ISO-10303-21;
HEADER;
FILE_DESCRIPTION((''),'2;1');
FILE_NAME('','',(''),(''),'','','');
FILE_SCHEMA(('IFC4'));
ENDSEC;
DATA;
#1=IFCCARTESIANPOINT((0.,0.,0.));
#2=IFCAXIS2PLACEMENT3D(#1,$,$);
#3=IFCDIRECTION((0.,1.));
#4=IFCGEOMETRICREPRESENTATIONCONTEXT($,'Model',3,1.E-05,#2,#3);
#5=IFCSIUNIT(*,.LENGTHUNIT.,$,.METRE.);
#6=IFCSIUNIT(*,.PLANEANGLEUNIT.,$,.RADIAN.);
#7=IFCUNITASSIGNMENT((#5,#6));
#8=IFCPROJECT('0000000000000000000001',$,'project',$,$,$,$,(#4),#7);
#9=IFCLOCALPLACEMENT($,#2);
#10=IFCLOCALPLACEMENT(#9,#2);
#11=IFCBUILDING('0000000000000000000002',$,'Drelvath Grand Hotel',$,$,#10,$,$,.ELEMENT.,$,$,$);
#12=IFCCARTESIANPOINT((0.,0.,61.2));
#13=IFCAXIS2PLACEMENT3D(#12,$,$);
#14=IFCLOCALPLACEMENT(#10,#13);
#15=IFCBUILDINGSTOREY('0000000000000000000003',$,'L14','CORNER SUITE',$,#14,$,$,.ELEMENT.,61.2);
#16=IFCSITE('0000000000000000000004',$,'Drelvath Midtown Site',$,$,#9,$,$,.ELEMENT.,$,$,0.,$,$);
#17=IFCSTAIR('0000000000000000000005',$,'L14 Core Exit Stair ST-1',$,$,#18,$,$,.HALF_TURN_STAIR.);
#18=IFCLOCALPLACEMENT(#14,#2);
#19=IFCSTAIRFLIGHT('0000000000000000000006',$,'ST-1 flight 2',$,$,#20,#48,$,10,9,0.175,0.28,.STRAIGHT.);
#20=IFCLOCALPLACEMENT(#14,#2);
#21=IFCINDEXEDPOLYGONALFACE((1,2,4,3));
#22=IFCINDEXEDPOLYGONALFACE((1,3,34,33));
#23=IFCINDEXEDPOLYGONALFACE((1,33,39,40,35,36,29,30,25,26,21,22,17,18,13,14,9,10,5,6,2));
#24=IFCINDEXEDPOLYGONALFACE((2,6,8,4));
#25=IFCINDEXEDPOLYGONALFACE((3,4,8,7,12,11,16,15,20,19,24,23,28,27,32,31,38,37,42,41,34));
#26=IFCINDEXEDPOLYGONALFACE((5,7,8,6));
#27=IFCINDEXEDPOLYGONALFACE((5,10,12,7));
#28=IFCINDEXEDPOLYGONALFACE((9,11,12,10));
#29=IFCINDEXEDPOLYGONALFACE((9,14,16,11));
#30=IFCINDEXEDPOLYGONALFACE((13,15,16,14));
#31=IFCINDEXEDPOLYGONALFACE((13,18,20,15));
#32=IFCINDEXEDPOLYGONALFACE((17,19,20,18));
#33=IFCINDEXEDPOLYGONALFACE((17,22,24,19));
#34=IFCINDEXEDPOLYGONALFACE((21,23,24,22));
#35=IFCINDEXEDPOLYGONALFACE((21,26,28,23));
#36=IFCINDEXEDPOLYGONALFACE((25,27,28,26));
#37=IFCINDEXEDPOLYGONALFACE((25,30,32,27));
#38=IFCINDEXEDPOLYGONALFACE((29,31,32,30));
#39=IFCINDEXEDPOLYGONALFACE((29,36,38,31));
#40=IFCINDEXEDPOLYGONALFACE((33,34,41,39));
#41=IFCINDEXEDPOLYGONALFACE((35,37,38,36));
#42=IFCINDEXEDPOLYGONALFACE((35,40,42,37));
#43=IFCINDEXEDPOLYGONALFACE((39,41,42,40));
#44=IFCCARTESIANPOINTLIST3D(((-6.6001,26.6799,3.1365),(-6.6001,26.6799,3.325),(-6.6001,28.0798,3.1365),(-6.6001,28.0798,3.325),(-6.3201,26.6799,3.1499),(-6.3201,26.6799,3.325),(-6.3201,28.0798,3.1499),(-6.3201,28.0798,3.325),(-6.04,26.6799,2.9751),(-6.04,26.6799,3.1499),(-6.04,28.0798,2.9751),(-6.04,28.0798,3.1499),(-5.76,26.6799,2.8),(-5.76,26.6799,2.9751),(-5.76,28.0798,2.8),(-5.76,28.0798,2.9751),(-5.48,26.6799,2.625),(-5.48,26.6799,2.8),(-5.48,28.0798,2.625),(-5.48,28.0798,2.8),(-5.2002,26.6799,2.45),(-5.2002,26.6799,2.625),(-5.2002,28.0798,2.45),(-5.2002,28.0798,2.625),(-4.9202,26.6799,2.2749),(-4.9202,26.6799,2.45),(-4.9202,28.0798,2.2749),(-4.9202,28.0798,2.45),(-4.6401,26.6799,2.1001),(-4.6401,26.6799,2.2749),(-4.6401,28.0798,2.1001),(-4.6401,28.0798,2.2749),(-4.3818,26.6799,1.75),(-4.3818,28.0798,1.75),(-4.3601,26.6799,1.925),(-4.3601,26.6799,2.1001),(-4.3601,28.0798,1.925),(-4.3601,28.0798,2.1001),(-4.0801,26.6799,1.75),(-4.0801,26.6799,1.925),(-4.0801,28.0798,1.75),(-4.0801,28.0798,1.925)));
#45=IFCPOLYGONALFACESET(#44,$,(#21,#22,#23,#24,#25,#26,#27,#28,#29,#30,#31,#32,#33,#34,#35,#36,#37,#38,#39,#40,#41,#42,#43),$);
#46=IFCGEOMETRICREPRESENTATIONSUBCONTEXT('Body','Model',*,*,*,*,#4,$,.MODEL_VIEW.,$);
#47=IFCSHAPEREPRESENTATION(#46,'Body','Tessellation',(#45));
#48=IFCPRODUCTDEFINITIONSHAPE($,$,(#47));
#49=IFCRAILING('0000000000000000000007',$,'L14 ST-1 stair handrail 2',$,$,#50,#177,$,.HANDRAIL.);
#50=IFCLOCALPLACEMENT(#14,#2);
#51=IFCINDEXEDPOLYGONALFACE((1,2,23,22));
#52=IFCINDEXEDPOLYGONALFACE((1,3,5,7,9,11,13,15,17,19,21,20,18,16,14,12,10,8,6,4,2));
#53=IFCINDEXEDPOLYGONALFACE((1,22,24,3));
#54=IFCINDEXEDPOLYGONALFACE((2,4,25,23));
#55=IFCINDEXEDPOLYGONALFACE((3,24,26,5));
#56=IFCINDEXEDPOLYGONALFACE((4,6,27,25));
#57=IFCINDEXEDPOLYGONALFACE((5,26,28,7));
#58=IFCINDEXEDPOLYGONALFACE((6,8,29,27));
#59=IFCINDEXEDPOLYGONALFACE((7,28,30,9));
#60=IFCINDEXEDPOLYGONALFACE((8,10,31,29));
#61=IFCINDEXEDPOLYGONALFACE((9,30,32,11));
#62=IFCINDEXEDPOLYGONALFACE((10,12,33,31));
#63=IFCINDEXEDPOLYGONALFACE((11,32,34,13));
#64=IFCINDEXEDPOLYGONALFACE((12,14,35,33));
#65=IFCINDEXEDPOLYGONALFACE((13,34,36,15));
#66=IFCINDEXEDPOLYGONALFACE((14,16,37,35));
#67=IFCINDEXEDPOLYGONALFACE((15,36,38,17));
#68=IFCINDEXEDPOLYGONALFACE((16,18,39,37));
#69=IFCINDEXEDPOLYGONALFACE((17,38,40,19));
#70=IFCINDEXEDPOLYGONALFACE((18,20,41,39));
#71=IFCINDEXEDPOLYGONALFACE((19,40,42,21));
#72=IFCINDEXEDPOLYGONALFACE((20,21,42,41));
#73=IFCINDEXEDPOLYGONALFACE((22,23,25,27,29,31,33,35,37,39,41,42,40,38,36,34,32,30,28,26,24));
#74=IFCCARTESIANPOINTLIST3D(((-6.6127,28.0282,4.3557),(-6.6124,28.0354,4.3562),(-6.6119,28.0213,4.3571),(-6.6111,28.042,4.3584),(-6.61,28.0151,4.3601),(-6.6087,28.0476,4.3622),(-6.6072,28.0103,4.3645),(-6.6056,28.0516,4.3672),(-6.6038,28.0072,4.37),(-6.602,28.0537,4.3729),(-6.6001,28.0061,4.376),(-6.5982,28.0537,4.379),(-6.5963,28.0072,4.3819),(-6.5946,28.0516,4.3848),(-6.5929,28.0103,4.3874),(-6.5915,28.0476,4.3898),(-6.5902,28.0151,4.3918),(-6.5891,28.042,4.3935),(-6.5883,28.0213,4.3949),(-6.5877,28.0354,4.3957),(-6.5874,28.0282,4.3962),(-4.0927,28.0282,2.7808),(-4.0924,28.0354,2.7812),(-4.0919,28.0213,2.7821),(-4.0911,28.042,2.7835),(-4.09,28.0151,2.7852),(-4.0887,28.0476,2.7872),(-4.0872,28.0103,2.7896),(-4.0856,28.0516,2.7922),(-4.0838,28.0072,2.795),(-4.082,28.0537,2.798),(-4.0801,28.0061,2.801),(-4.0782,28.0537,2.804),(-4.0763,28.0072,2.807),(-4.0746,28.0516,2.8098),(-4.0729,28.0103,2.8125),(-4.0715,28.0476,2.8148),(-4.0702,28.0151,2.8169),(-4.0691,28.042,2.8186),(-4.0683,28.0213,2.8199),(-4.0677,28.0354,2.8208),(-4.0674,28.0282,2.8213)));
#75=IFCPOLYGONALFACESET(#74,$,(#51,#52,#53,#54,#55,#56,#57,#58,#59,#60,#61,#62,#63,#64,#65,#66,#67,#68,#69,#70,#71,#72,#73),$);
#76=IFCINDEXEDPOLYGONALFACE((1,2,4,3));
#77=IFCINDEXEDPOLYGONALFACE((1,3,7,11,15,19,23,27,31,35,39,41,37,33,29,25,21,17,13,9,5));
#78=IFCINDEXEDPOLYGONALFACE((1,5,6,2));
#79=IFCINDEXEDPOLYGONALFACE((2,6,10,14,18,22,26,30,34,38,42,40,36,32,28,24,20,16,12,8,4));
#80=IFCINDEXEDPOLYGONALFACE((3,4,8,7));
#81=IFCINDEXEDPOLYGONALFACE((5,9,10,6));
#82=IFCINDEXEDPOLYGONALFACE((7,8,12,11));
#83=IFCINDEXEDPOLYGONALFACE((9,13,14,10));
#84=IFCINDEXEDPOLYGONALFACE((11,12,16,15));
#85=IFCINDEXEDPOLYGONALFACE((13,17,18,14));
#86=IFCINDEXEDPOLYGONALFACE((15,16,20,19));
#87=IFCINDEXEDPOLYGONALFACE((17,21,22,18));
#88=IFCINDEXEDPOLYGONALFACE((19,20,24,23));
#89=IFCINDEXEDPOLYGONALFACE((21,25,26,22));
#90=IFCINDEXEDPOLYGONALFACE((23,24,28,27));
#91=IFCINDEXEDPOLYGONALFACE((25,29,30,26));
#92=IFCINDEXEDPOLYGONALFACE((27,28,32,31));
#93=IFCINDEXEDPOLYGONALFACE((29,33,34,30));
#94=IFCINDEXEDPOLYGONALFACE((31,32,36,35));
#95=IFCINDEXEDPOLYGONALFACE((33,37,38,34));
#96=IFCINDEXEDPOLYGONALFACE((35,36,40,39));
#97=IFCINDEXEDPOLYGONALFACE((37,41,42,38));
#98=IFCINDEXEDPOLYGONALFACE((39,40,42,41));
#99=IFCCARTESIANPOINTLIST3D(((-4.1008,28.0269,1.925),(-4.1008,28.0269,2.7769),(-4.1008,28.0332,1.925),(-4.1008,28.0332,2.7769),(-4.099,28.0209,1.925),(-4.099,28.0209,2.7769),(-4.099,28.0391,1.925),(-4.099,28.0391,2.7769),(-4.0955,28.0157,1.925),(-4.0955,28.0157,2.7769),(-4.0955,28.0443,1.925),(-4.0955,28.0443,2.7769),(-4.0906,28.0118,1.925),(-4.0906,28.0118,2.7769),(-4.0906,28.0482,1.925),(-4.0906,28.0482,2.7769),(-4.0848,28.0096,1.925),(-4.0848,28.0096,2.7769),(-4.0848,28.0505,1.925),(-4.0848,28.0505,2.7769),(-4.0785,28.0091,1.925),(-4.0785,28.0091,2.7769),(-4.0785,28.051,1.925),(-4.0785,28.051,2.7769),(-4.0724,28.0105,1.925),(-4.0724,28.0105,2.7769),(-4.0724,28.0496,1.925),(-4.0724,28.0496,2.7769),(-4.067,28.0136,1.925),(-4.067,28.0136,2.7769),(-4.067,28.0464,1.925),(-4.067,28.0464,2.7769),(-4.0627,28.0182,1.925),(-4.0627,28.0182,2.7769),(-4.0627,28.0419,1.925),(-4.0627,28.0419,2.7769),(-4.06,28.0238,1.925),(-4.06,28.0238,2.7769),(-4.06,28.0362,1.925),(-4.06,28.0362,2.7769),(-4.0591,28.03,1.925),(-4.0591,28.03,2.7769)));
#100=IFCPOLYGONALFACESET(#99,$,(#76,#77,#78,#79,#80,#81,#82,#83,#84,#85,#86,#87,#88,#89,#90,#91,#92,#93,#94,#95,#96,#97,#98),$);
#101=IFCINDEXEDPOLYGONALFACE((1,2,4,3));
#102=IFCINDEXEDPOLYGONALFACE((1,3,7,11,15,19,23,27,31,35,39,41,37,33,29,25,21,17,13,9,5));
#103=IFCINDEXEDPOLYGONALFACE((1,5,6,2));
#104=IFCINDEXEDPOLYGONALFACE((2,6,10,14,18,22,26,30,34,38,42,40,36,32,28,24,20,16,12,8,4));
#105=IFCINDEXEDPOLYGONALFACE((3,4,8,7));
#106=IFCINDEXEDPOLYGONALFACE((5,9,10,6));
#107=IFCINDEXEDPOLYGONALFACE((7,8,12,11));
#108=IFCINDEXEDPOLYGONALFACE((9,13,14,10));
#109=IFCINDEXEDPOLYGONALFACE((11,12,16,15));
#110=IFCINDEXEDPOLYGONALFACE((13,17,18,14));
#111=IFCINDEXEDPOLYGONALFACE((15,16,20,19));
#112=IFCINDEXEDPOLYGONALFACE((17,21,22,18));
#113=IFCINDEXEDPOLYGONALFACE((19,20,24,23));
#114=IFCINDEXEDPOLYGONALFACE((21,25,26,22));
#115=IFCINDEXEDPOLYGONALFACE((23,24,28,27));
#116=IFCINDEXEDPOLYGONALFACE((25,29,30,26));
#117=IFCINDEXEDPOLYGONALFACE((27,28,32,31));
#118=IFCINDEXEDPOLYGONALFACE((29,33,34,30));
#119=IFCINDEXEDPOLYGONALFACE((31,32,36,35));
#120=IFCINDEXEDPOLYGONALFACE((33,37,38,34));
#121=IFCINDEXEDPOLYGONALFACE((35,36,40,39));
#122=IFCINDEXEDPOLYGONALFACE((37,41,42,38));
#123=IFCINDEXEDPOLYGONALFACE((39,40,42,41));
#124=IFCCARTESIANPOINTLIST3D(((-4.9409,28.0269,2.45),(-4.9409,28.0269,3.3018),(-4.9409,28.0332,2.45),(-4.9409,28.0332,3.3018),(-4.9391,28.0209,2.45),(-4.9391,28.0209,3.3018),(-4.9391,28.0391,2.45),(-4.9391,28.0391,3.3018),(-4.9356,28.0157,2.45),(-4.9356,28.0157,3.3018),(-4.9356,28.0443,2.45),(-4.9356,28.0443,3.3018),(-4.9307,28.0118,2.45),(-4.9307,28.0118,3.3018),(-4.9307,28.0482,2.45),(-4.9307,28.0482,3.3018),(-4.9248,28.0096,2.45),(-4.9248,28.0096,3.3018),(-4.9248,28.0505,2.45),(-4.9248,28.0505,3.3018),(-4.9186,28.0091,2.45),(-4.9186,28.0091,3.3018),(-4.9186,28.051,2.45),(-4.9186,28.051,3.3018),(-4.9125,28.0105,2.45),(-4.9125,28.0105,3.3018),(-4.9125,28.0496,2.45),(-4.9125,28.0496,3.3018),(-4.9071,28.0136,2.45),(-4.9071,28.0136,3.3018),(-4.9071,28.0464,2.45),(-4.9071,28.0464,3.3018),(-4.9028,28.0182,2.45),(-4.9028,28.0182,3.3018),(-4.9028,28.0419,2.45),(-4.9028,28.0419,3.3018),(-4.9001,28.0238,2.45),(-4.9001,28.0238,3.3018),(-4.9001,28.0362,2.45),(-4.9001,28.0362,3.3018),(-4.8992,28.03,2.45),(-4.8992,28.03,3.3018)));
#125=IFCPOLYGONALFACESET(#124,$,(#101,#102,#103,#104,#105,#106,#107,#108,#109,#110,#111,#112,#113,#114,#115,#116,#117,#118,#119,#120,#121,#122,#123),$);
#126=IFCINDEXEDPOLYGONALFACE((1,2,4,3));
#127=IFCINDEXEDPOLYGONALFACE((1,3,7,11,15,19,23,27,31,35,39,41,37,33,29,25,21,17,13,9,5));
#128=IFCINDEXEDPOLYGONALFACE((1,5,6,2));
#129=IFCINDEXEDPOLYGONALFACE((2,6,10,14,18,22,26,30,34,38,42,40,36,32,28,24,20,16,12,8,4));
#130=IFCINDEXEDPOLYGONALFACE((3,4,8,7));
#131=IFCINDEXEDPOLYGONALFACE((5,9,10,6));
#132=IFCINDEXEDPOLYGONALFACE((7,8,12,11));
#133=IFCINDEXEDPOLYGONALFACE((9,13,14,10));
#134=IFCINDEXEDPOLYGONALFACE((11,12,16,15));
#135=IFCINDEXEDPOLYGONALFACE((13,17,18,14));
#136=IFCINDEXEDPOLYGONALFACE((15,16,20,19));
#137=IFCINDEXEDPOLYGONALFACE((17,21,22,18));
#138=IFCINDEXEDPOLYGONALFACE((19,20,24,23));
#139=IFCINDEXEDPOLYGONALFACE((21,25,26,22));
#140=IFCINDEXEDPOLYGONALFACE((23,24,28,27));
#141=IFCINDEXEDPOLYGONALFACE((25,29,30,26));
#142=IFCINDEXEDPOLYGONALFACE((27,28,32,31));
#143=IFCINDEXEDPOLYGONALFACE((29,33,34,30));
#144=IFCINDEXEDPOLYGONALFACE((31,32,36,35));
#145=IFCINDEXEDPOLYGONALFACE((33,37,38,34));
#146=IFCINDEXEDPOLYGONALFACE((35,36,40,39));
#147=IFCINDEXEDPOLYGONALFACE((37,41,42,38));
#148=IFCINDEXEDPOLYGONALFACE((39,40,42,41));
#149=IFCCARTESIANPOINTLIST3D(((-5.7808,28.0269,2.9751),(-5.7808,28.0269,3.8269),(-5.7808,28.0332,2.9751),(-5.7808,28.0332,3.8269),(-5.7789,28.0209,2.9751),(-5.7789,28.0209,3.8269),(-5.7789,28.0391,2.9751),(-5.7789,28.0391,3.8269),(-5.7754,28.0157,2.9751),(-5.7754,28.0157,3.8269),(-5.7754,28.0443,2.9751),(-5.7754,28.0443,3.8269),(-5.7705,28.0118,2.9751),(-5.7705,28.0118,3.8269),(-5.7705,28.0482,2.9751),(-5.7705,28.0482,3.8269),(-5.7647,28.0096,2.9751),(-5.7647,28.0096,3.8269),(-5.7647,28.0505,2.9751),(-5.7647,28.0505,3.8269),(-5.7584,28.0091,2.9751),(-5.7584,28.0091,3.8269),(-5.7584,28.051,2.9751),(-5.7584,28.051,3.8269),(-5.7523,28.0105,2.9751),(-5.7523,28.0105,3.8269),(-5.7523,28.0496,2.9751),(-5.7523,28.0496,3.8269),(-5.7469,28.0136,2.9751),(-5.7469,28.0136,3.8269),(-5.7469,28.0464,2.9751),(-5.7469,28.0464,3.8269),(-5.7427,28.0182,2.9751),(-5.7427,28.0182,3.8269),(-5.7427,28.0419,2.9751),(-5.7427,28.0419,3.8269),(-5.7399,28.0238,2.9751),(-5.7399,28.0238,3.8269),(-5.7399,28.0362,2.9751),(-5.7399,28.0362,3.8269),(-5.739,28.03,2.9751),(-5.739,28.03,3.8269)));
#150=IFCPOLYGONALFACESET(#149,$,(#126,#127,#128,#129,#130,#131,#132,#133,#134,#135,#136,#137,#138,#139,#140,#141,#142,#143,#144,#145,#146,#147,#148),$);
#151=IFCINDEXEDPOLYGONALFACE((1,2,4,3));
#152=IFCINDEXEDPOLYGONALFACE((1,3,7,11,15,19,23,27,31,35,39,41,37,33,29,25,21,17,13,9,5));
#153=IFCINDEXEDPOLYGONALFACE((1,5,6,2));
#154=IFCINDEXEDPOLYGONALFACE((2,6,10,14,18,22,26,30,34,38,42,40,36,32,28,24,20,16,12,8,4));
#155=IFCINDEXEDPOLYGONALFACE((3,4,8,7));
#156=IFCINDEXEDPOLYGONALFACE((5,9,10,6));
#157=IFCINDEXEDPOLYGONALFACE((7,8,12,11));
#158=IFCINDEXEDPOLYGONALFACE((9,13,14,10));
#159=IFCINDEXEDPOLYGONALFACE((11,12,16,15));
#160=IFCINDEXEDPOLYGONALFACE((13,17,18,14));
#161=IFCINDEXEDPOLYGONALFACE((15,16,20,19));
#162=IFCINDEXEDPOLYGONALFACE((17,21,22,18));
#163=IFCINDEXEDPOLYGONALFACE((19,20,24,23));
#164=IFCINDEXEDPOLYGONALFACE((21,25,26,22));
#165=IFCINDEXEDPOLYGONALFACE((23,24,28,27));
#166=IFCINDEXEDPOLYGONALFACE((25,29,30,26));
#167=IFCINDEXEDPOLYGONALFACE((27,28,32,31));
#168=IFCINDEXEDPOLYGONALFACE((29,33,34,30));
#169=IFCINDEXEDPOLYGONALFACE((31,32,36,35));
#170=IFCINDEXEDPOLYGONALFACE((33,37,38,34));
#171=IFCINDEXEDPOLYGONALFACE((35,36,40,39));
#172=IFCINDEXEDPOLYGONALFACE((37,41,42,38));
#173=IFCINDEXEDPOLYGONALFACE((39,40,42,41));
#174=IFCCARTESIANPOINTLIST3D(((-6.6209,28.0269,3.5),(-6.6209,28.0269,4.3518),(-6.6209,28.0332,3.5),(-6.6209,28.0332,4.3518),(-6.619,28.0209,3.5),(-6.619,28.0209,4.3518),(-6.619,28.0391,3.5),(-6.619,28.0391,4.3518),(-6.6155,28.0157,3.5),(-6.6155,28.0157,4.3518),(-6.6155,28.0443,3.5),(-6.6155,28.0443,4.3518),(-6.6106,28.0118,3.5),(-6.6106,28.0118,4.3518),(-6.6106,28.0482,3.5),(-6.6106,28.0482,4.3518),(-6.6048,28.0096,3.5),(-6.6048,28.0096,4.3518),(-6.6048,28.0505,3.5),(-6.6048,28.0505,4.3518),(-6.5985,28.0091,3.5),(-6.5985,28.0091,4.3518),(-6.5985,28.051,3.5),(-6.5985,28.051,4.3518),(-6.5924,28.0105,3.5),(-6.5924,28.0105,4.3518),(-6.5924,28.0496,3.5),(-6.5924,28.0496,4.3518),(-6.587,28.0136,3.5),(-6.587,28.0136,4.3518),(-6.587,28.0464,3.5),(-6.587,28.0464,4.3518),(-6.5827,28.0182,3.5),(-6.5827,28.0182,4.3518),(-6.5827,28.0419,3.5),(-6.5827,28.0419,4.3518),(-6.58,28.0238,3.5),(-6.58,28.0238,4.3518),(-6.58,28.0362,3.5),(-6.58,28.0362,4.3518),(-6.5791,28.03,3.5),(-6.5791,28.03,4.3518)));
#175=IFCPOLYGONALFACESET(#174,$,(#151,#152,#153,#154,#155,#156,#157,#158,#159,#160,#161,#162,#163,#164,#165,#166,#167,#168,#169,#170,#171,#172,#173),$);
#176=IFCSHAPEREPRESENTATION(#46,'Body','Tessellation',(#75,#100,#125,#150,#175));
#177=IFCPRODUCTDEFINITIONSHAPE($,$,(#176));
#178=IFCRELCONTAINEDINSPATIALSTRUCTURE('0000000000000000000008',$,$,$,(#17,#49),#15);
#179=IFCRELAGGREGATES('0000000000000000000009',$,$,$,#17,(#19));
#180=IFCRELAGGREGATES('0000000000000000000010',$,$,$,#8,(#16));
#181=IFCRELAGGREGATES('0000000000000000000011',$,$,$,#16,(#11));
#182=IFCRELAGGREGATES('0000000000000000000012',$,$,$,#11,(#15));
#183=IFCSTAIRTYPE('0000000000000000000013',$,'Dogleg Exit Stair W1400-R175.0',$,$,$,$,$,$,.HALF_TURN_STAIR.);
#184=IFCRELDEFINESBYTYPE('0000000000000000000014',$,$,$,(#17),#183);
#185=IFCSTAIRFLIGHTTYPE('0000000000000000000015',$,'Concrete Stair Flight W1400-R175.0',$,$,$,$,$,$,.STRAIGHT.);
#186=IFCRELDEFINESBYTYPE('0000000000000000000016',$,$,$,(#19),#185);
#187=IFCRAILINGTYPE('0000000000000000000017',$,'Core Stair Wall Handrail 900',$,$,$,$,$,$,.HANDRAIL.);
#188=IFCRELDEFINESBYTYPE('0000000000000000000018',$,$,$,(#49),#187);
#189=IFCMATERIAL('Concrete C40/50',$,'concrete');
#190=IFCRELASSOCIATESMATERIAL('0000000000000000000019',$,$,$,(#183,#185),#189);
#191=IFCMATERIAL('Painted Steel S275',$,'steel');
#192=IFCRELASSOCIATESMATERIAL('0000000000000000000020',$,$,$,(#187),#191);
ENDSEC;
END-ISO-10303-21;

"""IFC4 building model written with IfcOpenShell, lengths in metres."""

from ifc_helpers import new_model, si_unit, direction, frame, origin, origin_2d, place, context, subcontext, project, spatial, polyline, circle, outline, extrude, material, type_object, element, aggregate, save


model = new_model("IFC4")

# Units and contexts
model_context = context("Model", 3, precision=1e-05, world=origin(), true_north=direction((0.0, 1.0)))
body_context = subcontext(model_context, "Body", "Model", "MODEL_VIEW")
ifc_project = project(units=[si_unit("LENGTHUNIT", "METRE"), si_unit("PLANEANGLEUNIT", "RADIAN")], contexts=[model_context])

# Site, building, storey
site_placement = place(None, origin())
site = spatial("IfcSite", under=ifc_project, at=site_placement, Name="Drelvath Midtown Site", CompositionType="ELEMENT", RefElevation=0.0)
building_placement = place(site_placement, origin())
building = spatial("IfcBuilding", under=site, at=building_placement, Name="Drelvath Grand Hotel", CompositionType="ELEMENT")
storey_placement = place(building_placement, frame((0.0, 0.0, 61.2)))
storey = spatial("IfcBuildingStorey", under=building, at=storey_placement, Name="L14", Description="CORNER SUITE", CompositionType="ELEMENT", Elevation=61.2)

# Shared definitions
ifc_material_1 = material(Name="Painted Steel S275", Category="steel")

# Shared definitions
ifc_material_2 = material(Name="Concrete C40/50", Category="concrete")

# Stair, stair flight
stair_type = type_object("IfcStairType", Name="Dogleg Exit Stair W1400-R175.0", PredefinedType="HALF_TURN_STAIR", material=ifc_material_2)
stair_placement = place(storey_placement, origin())
stair = element("IfcStair", 1, at=stair_placement, inside=storey, type_object=stair_type, Name="L14 Core Exit Stair ST-1", PredefinedType="HALF_TURN_STAIR")
stair_flight_type = type_object("IfcStairFlightType", Name="Concrete Stair Flight W1400-R175.0", PredefinedType="STRAIGHT", material=ifc_material_2)
stair_flight_placement = place(storey_placement, frame((-4.0801, 27.3799, 1.75), z_axis=(0.0, 0.0, 1.0), x_axis=(-1.0, 0.0, 0.0)))
stair_flight = element("IfcStairFlight", 2, at=stair_flight_placement, type_object=stair_flight_type, Name="ST-1 flight 2", NumberOfRisers=10, NumberOfTreads=9, PredefinedType="STRAIGHT", RiserHeight=0.175, TreadLength=0.28, context=body_context, shape_type="SweptSolid", body=[
    extrude(outline(polyline([(0.0, 0.0), (0.0, 0.175), (0.28, 0.175), (0.28, 0.3501), (0.5601, 0.3501), (0.5601, 0.5249), (0.8401, 0.5249), (0.8401, 0.7), (1.1201, 0.7), (1.1201, 0.875), (1.3999, 0.875), (1.3999, 1.05), (1.6799, 1.05), (1.6799, 1.2251), (1.96, 1.2251), (1.96, 1.3999), (2.24, 1.3999), (2.24, 1.575), (2.52, 1.575), (2.52, 1.75), (2.52, 1.3865), (0.3018, 0.0), (0.0, 0.0)])), frame((0.0, 0.7, 0.0), z_axis=(0.0, -1.0, 0.0), x_axis=(1.0, 0.0, 0.0)), (0.0, 0.0, 1.0), 1.3999),
])
aggregate(stair, [stair_flight])

# Railing
railing_type = type_object("IfcRailingType", Name="Core Stair Wall Handrail 900", PredefinedType="HANDRAIL", material=ifc_material_1)
railing_placement = place(storey_placement, frame((-4.0801, 28.03, 1.925)))
element("IfcRailing", 3, at=railing_placement, inside=storey, type_object=railing_type, Name="L14 ST-1 stair handrail 2", PredefinedType="HANDRAIL", context=body_context, shape_type="SweptSolid", body=[
    extrude(circle(Radius=0.0239, at=origin_2d()), frame((0.0, 0.0, 0.876), z_axis=(-0.848008, 0.0, 0.529984), x_axis=(0.0, -1.0, 0.0)), (0.0, 0.0, 1.0), 2.9717),
    extrude(circle(Radius=0.021, at=origin_2d()), origin(), (0.0, 0.0, 1.0), 0.8518),
    extrude(circle(Radius=0.021, at=origin_2d()), frame((-0.8401, 0.0, 0.5249)), (0.0, 0.0, 1.0), 0.8518),
    extrude(circle(Radius=0.021, at=origin_2d()), frame((-1.6799, 0.0, 1.05)), (0.0, 0.0, 1.0), 0.8518),
    extrude(circle(Radius=0.021, at=origin_2d()), frame((-2.52, 0.0, 1.575)), (0.0, 0.0, 1.0), 0.8518),
])

save(model, "model.ifc")
